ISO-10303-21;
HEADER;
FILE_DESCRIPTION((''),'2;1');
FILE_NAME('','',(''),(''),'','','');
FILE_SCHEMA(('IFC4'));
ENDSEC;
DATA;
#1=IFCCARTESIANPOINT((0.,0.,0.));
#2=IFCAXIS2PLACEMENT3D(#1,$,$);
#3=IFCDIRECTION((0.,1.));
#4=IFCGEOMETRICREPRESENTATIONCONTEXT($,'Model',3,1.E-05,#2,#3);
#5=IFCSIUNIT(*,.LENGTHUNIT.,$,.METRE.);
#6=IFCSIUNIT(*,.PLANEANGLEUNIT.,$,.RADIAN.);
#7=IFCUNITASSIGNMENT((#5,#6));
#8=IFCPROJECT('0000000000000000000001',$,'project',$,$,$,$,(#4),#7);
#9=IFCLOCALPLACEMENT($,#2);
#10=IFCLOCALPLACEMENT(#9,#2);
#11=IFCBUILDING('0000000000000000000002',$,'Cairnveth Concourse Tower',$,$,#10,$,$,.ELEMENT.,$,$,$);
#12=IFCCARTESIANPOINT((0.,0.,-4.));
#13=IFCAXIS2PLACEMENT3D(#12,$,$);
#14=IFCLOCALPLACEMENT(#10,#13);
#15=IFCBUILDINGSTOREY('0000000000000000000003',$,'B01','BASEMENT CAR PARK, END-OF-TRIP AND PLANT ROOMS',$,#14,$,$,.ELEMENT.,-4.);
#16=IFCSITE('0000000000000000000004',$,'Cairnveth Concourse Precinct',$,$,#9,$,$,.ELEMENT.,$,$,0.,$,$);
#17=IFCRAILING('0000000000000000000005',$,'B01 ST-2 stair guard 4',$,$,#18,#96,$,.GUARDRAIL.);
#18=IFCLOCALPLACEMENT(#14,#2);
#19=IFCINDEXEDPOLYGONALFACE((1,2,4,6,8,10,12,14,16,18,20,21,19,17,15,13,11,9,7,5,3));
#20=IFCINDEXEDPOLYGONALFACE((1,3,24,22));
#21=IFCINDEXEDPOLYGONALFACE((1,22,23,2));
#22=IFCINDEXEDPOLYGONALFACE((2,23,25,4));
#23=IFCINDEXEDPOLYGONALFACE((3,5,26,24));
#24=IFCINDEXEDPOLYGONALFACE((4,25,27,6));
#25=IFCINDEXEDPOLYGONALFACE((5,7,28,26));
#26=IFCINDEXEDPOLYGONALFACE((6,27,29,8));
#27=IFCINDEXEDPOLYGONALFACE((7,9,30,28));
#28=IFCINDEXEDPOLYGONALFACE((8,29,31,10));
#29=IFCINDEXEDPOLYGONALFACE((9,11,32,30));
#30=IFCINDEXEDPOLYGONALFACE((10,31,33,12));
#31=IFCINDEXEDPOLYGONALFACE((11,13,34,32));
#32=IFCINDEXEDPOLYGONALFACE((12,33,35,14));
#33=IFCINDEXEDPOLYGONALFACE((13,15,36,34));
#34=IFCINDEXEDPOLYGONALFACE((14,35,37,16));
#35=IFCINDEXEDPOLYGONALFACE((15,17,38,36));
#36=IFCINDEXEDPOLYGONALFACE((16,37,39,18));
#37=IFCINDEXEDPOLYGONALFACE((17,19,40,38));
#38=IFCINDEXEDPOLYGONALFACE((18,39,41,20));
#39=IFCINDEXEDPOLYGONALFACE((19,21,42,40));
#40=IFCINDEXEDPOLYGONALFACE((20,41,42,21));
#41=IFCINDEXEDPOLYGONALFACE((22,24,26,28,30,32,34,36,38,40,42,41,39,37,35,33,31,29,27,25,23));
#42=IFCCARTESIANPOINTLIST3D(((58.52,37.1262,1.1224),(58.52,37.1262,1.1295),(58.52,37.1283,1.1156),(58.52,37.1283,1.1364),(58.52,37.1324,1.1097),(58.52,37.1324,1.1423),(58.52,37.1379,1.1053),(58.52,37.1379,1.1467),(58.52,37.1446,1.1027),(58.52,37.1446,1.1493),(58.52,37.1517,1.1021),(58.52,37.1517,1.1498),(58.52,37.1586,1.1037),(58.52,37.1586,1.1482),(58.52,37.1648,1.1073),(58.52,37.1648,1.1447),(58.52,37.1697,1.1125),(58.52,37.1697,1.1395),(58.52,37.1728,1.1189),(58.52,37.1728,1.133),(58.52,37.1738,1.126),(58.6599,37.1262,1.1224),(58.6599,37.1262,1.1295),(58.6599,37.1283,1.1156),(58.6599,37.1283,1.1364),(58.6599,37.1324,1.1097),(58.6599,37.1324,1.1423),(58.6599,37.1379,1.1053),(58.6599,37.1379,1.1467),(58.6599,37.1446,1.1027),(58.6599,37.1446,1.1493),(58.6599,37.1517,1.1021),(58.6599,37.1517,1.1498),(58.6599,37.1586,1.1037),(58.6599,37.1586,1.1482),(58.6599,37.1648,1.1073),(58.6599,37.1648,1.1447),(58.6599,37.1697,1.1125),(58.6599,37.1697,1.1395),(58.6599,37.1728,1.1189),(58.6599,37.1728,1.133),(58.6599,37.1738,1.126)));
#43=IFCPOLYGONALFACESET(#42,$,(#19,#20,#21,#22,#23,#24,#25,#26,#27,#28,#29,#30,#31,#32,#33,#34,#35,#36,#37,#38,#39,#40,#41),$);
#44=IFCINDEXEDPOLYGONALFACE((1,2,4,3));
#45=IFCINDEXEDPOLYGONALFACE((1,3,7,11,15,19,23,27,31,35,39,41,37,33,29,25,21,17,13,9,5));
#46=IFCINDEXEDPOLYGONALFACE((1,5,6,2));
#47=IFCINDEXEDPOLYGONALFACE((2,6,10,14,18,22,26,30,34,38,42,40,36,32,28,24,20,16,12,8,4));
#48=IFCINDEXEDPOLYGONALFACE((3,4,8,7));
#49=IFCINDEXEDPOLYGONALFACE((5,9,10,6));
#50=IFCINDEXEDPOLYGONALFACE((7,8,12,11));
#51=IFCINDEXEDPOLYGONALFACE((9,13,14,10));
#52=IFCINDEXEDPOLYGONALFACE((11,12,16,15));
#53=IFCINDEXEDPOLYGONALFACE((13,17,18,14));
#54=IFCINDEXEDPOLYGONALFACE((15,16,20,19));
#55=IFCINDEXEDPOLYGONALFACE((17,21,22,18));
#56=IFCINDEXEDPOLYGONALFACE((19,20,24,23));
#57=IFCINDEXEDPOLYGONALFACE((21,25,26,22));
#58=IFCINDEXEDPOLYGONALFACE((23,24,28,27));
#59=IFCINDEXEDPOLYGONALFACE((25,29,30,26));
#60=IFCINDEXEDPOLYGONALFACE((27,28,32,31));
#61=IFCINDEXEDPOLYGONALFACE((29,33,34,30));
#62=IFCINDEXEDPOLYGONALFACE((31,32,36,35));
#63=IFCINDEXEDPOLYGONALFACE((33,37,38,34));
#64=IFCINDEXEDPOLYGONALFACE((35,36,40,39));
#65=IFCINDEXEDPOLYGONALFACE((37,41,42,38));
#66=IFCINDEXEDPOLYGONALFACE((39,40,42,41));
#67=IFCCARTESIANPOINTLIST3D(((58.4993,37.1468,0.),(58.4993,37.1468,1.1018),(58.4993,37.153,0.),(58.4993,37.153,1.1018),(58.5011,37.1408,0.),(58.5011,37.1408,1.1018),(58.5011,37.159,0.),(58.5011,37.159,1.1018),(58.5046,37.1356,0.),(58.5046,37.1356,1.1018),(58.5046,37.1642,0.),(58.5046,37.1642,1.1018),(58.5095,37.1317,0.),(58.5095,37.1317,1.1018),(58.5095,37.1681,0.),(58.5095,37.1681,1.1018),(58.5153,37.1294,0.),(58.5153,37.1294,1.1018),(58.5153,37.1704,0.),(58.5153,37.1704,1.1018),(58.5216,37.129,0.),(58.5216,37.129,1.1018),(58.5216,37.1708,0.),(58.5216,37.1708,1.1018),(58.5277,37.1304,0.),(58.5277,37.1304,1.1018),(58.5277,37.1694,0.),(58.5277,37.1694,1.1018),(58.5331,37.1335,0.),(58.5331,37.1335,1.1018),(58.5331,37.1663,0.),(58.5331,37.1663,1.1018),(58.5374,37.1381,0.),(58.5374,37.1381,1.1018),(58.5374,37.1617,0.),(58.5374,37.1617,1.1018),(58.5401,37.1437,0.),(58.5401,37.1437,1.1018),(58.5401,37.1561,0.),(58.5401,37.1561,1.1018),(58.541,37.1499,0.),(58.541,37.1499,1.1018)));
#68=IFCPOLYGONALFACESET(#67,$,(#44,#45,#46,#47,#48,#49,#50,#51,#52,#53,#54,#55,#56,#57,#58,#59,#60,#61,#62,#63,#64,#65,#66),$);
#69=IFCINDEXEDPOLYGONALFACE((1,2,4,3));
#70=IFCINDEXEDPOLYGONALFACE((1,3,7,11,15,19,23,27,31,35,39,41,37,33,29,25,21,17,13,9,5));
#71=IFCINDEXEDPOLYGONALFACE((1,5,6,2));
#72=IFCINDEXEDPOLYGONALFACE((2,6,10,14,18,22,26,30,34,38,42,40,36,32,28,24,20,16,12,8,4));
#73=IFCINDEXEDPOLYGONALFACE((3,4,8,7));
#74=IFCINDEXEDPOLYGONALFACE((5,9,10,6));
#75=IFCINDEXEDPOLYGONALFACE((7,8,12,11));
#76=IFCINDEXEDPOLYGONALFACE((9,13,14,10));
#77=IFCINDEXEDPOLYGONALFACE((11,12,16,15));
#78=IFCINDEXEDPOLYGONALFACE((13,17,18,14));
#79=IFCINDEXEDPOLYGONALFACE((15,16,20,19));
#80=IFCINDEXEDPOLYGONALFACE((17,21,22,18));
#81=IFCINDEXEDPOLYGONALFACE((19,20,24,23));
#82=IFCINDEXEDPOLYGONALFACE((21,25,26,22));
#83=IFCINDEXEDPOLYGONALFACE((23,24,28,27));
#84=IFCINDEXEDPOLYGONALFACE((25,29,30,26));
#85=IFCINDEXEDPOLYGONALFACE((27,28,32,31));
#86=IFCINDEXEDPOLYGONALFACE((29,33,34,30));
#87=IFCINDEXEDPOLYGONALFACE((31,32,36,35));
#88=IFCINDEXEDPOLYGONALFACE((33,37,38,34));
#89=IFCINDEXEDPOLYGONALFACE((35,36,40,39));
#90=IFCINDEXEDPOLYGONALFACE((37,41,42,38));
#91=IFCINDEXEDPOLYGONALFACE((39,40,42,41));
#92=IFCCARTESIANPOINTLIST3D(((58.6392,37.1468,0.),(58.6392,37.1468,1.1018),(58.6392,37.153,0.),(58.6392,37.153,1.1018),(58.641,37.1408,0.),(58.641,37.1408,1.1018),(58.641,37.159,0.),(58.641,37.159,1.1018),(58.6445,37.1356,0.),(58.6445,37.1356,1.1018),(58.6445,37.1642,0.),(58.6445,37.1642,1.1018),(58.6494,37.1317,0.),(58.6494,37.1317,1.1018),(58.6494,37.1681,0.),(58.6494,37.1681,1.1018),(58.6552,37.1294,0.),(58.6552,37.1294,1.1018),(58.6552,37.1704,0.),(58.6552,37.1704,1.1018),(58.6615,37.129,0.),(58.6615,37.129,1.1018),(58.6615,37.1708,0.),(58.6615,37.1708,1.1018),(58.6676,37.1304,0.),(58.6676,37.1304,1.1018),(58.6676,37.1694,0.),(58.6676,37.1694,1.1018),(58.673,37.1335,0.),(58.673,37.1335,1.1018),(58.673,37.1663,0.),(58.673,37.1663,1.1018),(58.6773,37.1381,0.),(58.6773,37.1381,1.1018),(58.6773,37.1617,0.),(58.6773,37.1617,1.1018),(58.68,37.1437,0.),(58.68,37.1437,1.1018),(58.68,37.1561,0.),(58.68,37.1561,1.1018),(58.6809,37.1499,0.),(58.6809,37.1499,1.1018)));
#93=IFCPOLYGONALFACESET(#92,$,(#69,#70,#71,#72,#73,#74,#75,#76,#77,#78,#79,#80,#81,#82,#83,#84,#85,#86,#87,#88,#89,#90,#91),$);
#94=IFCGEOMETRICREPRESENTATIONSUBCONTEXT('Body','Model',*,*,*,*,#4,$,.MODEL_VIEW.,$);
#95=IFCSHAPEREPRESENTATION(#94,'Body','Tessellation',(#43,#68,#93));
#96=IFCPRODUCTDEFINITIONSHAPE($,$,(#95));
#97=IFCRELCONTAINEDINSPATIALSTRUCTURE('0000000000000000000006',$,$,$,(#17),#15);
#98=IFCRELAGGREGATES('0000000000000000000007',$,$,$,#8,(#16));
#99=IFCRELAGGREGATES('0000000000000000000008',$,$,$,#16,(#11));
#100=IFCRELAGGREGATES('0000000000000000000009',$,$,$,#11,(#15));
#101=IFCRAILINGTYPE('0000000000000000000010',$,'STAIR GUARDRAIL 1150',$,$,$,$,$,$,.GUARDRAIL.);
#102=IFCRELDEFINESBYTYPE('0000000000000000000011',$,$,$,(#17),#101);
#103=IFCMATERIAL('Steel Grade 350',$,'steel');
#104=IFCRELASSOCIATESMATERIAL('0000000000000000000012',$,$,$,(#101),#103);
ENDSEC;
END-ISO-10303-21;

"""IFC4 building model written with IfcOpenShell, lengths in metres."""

from ifc_helpers import new_model, si_unit, direction, frame, origin, origin_2d, place, context, subcontext, project, spatial, circle, extrude, material, type_object, element, save


model = new_model("IFC4")

# Units and contexts
model_context = context("Model", 3, precision=1e-05, world=origin(), true_north=direction((0.0, 1.0)))
body_context = subcontext(model_context, "Body", "Model", "MODEL_VIEW")
ifc_project = project(units=[si_unit("LENGTHUNIT", "METRE"), si_unit("PLANEANGLEUNIT", "RADIAN")], contexts=[model_context])

# Site, building, storey
site_placement = place(None, origin())
site = spatial("IfcSite", under=ifc_project, at=site_placement, Name="Cairnveth Concourse Precinct", CompositionType="ELEMENT", RefElevation=0.0)
building_placement = place(site_placement, origin())
building = spatial("IfcBuilding", under=site, at=building_placement, Name="Cairnveth Concourse Tower", CompositionType="ELEMENT")
storey_placement = place(building_placement, frame((0.0, 0.0, -4.0)))
storey = spatial("IfcBuildingStorey", under=building, at=storey_placement, Name="B01", Description="BASEMENT CAR PARK, END-OF-TRIP AND PLANT ROOMS", CompositionType="ELEMENT", Elevation=-4.0)

# Shared definitions
ifc_material_1 = material(Name="Steel Grade 350", Category="steel")

# Railing
railing_type_1 = type_object("IfcRailingType", Name="STAIR GUARDRAIL 1150", PredefinedType="GUARDRAIL", material=ifc_material_1)
railing_1_placement = place(storey_placement, frame((58.52, 37.1499, 0.0)))
element("IfcRailing", 1, at=railing_1_placement, inside=storey, type_object=railing_type_1, Name="B01 ST-2 stair guard 4", PredefinedType="GUARDRAIL", context=body_context, shape_type="SweptSolid", body=[
    extrude(circle(Radius=0.0239, at=origin_2d()), frame((0.0, 0.0, 1.126), z_axis=(1.0, 0.0, 0.0), x_axis=(0.0, 1.0, 0.0)), (0.0, 0.0, 1.0), 0.1399),
    extrude(circle(Radius=0.021, at=origin_2d()), origin(), (0.0, 0.0, 1.0), 1.1018),
    extrude(circle(Radius=0.021, at=origin_2d()), frame((0.1399, 0.0, 0.0)), (0.0, 0.0, 1.0), 1.1018),
])

save(model, "model.ifc")
